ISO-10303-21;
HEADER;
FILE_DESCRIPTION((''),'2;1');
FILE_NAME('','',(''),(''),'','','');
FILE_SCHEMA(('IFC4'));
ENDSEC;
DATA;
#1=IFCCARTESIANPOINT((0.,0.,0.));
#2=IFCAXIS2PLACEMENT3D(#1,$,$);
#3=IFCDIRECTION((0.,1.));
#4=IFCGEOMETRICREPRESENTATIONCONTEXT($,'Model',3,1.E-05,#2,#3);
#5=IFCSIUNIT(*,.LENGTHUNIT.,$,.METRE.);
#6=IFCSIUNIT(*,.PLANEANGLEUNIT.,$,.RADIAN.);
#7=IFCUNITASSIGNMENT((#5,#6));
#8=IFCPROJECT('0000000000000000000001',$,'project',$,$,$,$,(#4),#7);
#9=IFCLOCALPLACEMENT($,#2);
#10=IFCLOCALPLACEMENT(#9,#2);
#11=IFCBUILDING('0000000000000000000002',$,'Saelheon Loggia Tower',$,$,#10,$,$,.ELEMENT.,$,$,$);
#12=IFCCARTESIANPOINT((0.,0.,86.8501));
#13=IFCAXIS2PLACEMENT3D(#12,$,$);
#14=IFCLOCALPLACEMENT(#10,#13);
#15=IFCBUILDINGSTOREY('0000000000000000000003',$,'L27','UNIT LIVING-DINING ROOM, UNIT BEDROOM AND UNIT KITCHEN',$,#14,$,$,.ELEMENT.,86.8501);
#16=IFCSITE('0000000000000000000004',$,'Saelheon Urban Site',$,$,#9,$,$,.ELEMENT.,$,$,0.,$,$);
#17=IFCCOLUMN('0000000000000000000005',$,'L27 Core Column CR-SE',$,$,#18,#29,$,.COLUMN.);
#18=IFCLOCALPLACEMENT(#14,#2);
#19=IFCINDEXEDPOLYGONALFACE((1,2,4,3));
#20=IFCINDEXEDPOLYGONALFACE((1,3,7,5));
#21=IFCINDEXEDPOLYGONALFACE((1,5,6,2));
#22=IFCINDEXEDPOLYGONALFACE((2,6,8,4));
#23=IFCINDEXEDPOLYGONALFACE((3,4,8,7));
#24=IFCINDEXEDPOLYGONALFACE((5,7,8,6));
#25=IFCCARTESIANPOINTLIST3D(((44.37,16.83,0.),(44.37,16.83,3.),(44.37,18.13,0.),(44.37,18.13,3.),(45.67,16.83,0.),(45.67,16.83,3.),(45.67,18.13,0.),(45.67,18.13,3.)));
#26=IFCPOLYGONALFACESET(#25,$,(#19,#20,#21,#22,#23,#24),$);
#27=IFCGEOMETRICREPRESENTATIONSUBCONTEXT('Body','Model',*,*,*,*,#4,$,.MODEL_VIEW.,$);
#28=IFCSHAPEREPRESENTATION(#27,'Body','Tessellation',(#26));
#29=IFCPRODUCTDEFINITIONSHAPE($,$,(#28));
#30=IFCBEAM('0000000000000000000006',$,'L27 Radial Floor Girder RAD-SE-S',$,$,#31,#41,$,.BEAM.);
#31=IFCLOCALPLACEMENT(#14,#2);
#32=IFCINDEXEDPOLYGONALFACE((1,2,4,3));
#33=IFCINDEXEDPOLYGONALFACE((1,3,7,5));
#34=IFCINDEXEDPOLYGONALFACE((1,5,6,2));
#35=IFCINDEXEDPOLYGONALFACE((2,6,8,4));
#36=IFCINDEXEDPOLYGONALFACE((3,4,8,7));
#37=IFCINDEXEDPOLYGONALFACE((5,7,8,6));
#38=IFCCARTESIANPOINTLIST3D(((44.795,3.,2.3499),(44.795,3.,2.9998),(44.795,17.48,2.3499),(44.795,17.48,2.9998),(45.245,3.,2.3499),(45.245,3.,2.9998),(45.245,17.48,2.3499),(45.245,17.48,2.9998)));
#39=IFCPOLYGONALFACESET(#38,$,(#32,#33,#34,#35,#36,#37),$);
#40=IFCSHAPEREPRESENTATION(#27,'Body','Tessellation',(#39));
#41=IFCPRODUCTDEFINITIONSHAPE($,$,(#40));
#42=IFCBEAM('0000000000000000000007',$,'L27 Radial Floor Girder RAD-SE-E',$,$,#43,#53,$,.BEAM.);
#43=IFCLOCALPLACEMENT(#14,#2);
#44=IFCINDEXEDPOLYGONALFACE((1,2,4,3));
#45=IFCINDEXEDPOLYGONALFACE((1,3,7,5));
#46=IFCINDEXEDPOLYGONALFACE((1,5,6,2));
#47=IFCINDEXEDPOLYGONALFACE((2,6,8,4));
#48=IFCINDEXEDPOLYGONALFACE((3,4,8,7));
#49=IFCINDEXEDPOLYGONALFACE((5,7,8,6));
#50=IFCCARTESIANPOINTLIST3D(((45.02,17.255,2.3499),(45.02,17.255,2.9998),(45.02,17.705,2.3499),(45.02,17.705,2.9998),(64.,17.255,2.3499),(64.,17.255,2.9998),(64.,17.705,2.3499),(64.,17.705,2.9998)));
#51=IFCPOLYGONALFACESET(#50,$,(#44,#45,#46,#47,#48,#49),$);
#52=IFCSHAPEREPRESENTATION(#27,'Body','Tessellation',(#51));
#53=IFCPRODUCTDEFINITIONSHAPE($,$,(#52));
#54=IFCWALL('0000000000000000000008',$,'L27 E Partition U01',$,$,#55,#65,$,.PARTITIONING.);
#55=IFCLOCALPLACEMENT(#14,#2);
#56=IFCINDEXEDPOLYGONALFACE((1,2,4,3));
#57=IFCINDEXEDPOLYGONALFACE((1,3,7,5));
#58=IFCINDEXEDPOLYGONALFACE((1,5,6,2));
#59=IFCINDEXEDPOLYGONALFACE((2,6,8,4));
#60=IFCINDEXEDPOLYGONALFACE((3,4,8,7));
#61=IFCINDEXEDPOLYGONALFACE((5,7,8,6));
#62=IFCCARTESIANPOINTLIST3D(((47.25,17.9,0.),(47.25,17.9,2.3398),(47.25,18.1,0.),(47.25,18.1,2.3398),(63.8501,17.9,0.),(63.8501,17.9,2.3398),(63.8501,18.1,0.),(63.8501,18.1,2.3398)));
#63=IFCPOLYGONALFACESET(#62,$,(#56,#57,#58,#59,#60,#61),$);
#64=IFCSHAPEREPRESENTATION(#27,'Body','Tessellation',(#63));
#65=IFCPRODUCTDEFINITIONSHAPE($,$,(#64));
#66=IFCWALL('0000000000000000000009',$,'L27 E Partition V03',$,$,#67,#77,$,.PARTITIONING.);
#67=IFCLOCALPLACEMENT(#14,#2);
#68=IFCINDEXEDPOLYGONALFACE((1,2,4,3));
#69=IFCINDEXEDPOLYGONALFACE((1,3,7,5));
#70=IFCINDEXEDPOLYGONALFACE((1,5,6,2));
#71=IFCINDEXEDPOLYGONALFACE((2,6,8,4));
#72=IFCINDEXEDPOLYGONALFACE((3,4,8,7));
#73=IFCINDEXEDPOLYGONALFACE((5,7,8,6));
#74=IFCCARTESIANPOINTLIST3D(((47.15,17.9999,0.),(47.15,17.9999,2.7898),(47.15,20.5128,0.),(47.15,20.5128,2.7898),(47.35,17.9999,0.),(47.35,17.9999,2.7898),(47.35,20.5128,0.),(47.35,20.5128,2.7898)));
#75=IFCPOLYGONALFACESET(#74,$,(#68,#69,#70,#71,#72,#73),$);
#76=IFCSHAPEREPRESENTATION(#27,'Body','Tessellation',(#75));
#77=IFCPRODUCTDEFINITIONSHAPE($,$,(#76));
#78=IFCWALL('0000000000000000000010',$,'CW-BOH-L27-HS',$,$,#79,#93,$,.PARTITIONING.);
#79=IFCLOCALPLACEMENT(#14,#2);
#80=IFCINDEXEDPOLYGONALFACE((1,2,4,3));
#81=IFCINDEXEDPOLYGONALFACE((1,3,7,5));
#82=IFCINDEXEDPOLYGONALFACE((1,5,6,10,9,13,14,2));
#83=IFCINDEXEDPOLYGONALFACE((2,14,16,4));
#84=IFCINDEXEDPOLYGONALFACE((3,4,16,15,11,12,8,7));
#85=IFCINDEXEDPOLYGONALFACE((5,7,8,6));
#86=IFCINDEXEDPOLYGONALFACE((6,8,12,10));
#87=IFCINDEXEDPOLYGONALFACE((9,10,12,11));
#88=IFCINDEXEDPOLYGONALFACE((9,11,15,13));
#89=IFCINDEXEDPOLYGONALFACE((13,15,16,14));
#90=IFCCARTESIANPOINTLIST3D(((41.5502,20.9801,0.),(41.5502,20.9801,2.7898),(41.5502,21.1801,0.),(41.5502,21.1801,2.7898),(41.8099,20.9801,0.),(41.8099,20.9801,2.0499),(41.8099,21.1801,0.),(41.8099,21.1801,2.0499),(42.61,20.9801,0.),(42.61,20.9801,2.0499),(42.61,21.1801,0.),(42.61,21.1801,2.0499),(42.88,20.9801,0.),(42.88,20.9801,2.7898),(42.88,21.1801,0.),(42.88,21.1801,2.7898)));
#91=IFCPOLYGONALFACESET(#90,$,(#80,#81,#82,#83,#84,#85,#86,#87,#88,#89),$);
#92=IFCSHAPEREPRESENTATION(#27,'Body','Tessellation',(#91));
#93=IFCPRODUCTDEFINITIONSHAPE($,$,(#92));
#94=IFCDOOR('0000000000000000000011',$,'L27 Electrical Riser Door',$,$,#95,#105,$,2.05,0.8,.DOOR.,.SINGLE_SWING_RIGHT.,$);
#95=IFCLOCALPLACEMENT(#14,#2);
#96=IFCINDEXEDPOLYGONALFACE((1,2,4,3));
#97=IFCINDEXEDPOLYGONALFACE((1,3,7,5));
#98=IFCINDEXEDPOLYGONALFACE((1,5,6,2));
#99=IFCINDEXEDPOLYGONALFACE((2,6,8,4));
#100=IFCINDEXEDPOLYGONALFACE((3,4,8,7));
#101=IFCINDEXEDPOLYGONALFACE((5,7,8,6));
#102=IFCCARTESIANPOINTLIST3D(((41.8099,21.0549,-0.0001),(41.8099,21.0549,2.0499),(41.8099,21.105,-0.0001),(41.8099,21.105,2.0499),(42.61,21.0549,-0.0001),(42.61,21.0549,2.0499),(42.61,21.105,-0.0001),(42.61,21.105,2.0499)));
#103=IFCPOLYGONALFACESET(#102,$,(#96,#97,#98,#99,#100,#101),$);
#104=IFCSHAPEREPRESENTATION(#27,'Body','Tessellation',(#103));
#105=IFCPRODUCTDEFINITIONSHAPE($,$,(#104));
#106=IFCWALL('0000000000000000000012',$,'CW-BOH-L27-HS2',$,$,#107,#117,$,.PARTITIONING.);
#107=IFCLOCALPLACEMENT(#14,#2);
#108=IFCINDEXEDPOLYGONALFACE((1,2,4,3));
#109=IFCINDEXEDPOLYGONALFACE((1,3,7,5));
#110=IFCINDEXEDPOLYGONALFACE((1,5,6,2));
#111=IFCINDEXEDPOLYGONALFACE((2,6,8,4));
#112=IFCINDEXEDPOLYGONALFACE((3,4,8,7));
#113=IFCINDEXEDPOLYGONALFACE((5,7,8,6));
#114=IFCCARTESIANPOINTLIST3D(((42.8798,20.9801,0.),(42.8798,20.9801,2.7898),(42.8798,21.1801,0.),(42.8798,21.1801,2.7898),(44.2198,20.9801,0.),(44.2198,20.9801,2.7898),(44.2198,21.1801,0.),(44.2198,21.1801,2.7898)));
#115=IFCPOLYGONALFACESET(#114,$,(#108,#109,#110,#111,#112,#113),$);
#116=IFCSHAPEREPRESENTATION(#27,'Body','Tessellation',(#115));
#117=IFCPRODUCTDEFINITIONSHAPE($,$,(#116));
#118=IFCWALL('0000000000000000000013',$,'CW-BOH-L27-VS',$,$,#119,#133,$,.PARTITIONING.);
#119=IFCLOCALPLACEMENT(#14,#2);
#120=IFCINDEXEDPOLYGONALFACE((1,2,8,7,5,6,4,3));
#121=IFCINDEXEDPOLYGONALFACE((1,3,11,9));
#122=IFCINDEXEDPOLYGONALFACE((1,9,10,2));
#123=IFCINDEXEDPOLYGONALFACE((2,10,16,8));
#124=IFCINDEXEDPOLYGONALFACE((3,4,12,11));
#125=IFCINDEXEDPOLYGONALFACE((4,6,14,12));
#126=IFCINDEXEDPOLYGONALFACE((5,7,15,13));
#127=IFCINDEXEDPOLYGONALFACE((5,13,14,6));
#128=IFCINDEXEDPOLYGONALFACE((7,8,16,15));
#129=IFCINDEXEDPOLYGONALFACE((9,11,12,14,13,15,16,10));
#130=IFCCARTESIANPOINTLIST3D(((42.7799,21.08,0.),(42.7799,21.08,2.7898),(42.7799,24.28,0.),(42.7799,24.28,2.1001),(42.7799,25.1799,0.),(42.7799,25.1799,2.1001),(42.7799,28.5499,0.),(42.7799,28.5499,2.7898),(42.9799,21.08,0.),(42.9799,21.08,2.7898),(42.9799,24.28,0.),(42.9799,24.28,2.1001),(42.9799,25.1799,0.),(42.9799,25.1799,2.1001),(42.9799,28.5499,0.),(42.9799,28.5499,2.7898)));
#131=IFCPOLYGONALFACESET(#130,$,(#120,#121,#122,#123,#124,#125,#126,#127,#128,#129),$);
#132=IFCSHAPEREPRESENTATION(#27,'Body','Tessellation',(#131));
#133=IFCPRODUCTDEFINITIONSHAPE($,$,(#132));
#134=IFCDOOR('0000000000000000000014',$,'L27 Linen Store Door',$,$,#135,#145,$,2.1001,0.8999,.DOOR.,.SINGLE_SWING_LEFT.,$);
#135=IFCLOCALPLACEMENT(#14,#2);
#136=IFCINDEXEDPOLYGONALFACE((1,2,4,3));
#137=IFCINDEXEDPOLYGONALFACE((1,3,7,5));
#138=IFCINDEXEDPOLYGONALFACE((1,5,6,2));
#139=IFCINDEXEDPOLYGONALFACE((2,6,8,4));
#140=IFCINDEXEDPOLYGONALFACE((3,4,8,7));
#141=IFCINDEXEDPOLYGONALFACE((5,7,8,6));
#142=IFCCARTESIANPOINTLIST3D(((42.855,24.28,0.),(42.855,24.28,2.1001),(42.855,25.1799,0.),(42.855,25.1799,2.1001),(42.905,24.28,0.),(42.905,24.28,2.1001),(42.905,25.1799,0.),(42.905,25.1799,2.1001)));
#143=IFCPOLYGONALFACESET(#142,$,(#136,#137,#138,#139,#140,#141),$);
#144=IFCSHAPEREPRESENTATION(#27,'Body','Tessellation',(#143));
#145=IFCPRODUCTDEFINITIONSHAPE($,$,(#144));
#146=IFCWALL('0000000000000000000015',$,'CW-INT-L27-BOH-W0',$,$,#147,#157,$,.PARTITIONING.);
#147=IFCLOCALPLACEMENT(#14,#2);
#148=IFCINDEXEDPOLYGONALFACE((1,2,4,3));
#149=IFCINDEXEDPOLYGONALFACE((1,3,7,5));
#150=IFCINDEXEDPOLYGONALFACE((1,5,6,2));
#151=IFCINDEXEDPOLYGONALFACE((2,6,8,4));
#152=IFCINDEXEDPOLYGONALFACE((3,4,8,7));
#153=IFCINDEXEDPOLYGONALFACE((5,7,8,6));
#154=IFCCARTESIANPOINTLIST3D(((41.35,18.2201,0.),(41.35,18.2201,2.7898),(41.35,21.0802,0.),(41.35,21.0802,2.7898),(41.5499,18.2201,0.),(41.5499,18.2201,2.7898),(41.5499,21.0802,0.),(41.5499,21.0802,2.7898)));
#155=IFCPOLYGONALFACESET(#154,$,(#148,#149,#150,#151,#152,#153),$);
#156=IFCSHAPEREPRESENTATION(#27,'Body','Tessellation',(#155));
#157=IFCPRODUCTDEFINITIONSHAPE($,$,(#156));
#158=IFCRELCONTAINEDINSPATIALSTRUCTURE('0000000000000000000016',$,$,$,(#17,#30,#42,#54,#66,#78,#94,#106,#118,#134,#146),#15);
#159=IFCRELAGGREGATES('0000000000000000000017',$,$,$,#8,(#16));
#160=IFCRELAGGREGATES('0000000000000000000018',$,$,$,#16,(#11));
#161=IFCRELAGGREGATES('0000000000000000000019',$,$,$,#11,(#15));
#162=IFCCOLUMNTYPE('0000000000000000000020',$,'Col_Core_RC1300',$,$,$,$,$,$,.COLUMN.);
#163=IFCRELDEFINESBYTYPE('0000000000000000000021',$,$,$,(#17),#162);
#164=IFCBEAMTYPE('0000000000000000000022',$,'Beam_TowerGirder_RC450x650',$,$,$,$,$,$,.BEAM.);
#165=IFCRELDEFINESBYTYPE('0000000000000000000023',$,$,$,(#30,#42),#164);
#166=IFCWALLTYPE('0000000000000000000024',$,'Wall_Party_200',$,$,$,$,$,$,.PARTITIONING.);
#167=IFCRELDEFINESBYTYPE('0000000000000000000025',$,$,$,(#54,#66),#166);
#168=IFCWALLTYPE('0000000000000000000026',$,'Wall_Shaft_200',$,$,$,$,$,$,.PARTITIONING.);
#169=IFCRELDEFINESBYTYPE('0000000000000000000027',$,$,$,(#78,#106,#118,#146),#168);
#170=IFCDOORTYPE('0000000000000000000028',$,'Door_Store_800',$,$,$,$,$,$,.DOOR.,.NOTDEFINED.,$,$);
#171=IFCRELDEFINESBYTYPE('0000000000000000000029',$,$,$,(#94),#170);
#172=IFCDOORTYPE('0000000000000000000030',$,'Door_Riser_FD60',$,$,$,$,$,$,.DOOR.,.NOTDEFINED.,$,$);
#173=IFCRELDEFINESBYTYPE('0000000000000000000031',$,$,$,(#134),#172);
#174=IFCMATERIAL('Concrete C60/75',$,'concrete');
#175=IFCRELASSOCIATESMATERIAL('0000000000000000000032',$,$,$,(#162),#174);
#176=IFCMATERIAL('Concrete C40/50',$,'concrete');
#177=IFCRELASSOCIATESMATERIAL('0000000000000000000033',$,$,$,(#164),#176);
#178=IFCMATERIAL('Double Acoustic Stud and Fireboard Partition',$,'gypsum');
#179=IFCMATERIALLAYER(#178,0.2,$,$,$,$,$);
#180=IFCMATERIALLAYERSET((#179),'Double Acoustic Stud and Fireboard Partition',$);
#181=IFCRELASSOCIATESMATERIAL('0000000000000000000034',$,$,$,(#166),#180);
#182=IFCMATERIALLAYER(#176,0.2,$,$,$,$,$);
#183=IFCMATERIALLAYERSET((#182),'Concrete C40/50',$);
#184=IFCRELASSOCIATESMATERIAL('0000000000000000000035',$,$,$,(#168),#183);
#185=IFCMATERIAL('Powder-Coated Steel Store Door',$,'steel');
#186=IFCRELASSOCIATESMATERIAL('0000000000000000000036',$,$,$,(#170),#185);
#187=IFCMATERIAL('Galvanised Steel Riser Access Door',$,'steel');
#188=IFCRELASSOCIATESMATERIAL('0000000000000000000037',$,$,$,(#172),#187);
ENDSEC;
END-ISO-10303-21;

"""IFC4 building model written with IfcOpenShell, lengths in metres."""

from ifc_helpers import new_model, si_unit, direction, frame, frame_2d, origin, origin_2d, place, context, subcontext, project, spatial, rectangle, extrude, source, transform, mapped, material, layer, layer_set, material_profile, profile_set, type_object, element, fill, save


model = new_model("IFC4")

# Units and contexts
model_context = context("Model", 3, precision=1e-05, world=origin(), true_north=direction((0.0, 1.0)))
body_context = subcontext(model_context, "Body", "Model", "MODEL_VIEW")
ifc_project = project(units=[si_unit("LENGTHUNIT", "METRE"), si_unit("PLANEANGLEUNIT", "RADIAN")], contexts=[model_context])

# Site, building, storey
site_placement = place(None, origin())
site = spatial("IfcSite", under=ifc_project, at=site_placement, Name="Saelheon Urban Site", CompositionType="ELEMENT", RefElevation=0.0)
building_placement = place(site_placement, origin())
building = spatial("IfcBuilding", under=site, at=building_placement, Name="Saelheon Loggia Tower", CompositionType="ELEMENT")
storey_placement = place(building_placement, frame((0.0, 0.0, 86.8501)))
storey = spatial("IfcBuildingStorey", under=building, at=storey_placement, Name="L27", Description="UNIT LIVING-DINING ROOM, UNIT BEDROOM AND UNIT KITCHEN", CompositionType="ELEMENT", Elevation=86.8501)

# Column
ifc_material_1 = material(Name="Concrete C60/75", Category="concrete")
ifc_material_profile_1 = material_profile(ifc_material_1, rectangle(XDim=1.3, YDim=1.3, at=origin_2d()), Name="RC-1300x1300")
ifc_profile_set_1 = profile_set([ifc_material_profile_1], Name="Concrete C60/75")
column_type = type_object("IfcColumnType", Name="Col_Core_RC1300", PredefinedType="COLUMN", material=ifc_profile_set_1)
shared_shape_1 = source(origin(), body_context, "Body", "SweptSolid", [
    extrude(rectangle(XDim=1.3, YDim=1.3, at=origin_2d()), origin(), (0.0, 0.0, 1.0), 3.0),
])
column_placement = place(storey_placement, frame((45.02, 17.48, 0.0), z_axis=(0.0, 0.0, 1.0), x_axis=(1.0, 0.0, 0.0)))
element("IfcColumn", 1, at=column_placement, inside=storey, type_object=column_type, Name="L27 Core Column CR-SE", PredefinedType="COLUMN", context=body_context, shape_type="MappedRepresentation", body=[
    mapped(shared_shape_1, transform((0.0, 0.0, 0.0), scale=1.0)),
])

# Beams
ifc_material_2 = material(Name="Concrete C40/50", Category="concrete")
ifc_material_profile_2 = material_profile(ifc_material_2, rectangle(XDim=0.45, YDim=0.6499, at=origin_2d()), Name="RC-450x650")
ifc_profile_set_2 = profile_set([ifc_material_profile_2], Name="Concrete C40/50")
beam_type = type_object("IfcBeamType", Name="Beam_TowerGirder_RC450x650", PredefinedType="BEAM", material=ifc_profile_set_2)
shared_shape_2 = source(origin(), body_context, "Body", "SweptSolid", [
    extrude(rectangle(XDim=0.45, YDim=0.6499, at=origin_2d()), origin(), (0.0, 0.0, 1.0), 14.48),
])
beam_1_placement = place(storey_placement, frame((45.02, 17.48, 2.6748), z_axis=(0.0, -1.0, 0.0), x_axis=(1.0, 0.0, 0.0)))
element("IfcBeam", 2, at=beam_1_placement, inside=storey, type_object=beam_type, Name="L27 Radial Floor Girder RAD-SE-S", PredefinedType="BEAM", context=body_context, shape_type="MappedRepresentation", body=[
    mapped(shared_shape_2, transform((0.0, 0.0, 0.0), scale=1.0)),
])
shared_shape_3 = source(origin(), body_context, "Body", "SweptSolid", [
    extrude(rectangle(XDim=0.45, YDim=0.6499, at=origin_2d()), origin(), (0.0, 0.0, 1.0), 18.98),
])
beam_2_placement = place(storey_placement, frame((45.02, 17.48, 2.6748), z_axis=(1.0, 0.0, 0.0), x_axis=(0.0, 1.0, 0.0)))
element("IfcBeam", 3, at=beam_2_placement, inside=storey, type_object=beam_type, Name="L27 Radial Floor Girder RAD-SE-E", PredefinedType="BEAM", context=body_context, shape_type="MappedRepresentation", body=[
    mapped(shared_shape_3, transform((0.0, 0.0, 0.0), scale=1.0)),
])

# Walls
ifc_material_3 = material(Name="Double Acoustic Stud and Fireboard Partition", Category="gypsum")
ifc_layer_1 = layer(ifc_material_3, 0.2)
ifc_layer_set_1 = layer_set([ifc_layer_1], Name="Double Acoustic Stud and Fireboard Partition")
wall_type_1 = type_object("IfcWallType", Name="Wall_Party_200", PredefinedType="PARTITIONING", material=ifc_layer_set_1)
wall_1_placement = place(storey_placement, frame((47.25, 18.0, 0.0), z_axis=(0.0, 0.0, 1.0), x_axis=(1.0, 0.0, 0.0)))
element("IfcWall", 4, at=wall_1_placement, inside=storey, type_object=wall_type_1, Name="L27 E Partition U01", PredefinedType="PARTITIONING", context=body_context, shape_type="SweptSolid", body=[
    extrude(rectangle(XDim=16.6001, YDim=0.2, at=frame_2d((8.3, 0.0))), origin(), (0.0, 0.0, 1.0), 2.3398),
])
wall_2_placement = place(storey_placement, frame((47.25, 18.0, 0.0), z_axis=(0.0, 0.0, 1.0), x_axis=(0.0, 1.0, 0.0)))
element("IfcWall", 5, at=wall_2_placement, inside=storey, type_object=wall_type_1, Name="L27 E Partition V03", PredefinedType="PARTITIONING", context=body_context, shape_type="SweptSolid", body=[
    extrude(rectangle(XDim=2.5129, YDim=0.2, at=frame_2d((1.2563, 0.0))), origin(), (0.0, 0.0, 1.0), 2.7898),
])

# Wall, opening, door
ifc_layer_2 = layer(ifc_material_2, 0.2)
ifc_layer_set_2 = layer_set([ifc_layer_2], Name="Concrete C40/50")
wall_type_2 = type_object("IfcWallType", Name="Wall_Shaft_200", PredefinedType="PARTITIONING", material=ifc_layer_set_2)
wall_3_placement = place(storey_placement, frame((41.55, 21.0801, 0.0), z_axis=(0.0, 0.0, 1.0), x_axis=(1.0, 0.0, 0.0)))
wall_3 = element("IfcWall", 6, at=wall_3_placement, inside=storey, type_object=wall_type_2, Name="CW-BOH-L27-HS", PredefinedType="PARTITIONING", context=body_context, shape_type="SweptSolid", body=[
    extrude(rectangle(XDim=1.3298, YDim=0.2, at=frame_2d((0.665, 0.0))), origin(), (0.0, 0.0, 1.0), 2.7898),
])
opening_1_placement = place(wall_3_placement, frame((0.26, 0.0, 0.0)))
opening_1 = element("IfcOpeningElement", 7, at=opening_1_placement, cuts=wall_3, PredefinedType="OPENING", context=body_context, shape_type="SweptSolid", body=[
    extrude(rectangle(XDim=0.8, YDim=2.05, at=frame_2d((0.3999, 1.0249))), frame((0.0, 0.1121, 0.0), z_axis=(0.0, -1.0, 0.0), x_axis=(1.0, 0.0, 0.0)), (0.0, 0.0, 1.0), 0.2239),
])
ifc_material_4 = material(Name="Powder-Coated Steel Store Door", Category="steel")
door_type_1 = type_object("IfcDoorType", Name="Door_Store_800", OperationType="NOTDEFINED", PredefinedType="DOOR", material=ifc_material_4)
shared_shape_4 = source(origin(), body_context, "Body", "SweptSolid", [
    extrude(rectangle(XDim=0.8, YDim=2.05, at=frame_2d((0.3999, 1.0249))), frame((0.0, 0.0249, 0.0), z_axis=(0.0, -1.0, 0.0), x_axis=(1.0, 0.0, 0.0)), (0.0, 0.0, 1.0), 0.05),
])
door_1_placement = place(opening_1_placement, origin())
door_1 = element("IfcDoor", 8, at=door_1_placement, inside=storey, type_object=door_type_1, Name="L27 Electrical Riser Door", OperationType="SINGLE_SWING_RIGHT", OverallHeight=2.05, OverallWidth=0.8, PredefinedType="DOOR", context=body_context, shape_type="MappedRepresentation", body=[
    mapped(shared_shape_4, transform((0.0, 0.0, 0.0), scale=1.0)),
])
fill(opening_1, door_1)

# Wall
wall_4_placement = place(storey_placement, frame((42.8799, 21.0801, 0.0), z_axis=(0.0, 0.0, 1.0), x_axis=(1.0, 0.0, 0.0)))
element("IfcWall", 9, at=wall_4_placement, inside=storey, type_object=wall_type_2, Name="CW-BOH-L27-HS2", PredefinedType="PARTITIONING", context=body_context, shape_type="SweptSolid", body=[
    extrude(rectangle(XDim=1.3401, YDim=0.2, at=frame_2d((0.6699, 0.0))), origin(), (0.0, 0.0, 1.0), 2.7898),
])

# Wall, opening, door
wall_5_placement = place(storey_placement, frame((42.8799, 21.0801, 0.0), z_axis=(0.0, 0.0, 1.0), x_axis=(0.0, 1.0, 0.0)))
wall_5 = element("IfcWall", 10, at=wall_5_placement, inside=storey, type_object=wall_type_2, Name="CW-BOH-L27-VS", PredefinedType="PARTITIONING", context=body_context, shape_type="SweptSolid", body=[
    extrude(rectangle(XDim=7.47, YDim=0.2, at=frame_2d((3.7349, 0.0))), origin(), (0.0, 0.0, 1.0), 2.7898),
])
opening_2_placement = place(wall_5_placement, frame((3.2, 0.0, 0.0)))
opening_2 = element("IfcOpeningElement", 11, at=opening_2_placement, cuts=wall_5, PredefinedType="OPENING", context=body_context, shape_type="SweptSolid", body=[
    extrude(rectangle(XDim=0.8999, YDim=2.1001, at=frame_2d((0.45, 1.05))), frame((0.0, 0.1121, 0.0), z_axis=(0.0, -1.0, 0.0), x_axis=(1.0, 0.0, 0.0)), (0.0, 0.0, 1.0), 0.2239),
])
ifc_material_5 = material(Name="Galvanised Steel Riser Access Door", Category="steel")
door_type_2 = type_object("IfcDoorType", Name="Door_Riser_FD60", OperationType="NOTDEFINED", PredefinedType="DOOR", material=ifc_material_5)
shared_shape_5 = source(origin(), body_context, "Body", "SweptSolid", [
    extrude(rectangle(XDim=0.8999, YDim=2.1001, at=frame_2d((0.45, 1.05))), frame((0.0, 0.0249, 0.0), z_axis=(0.0, -1.0, 0.0), x_axis=(1.0, 0.0, 0.0)), (0.0, 0.0, 1.0), 0.05),
])
door_2_placement = place(opening_2_placement, origin())
door_2 = element("IfcDoor", 12, at=door_2_placement, inside=storey, type_object=door_type_2, Name="L27 Linen Store Door", OperationType="SINGLE_SWING_LEFT", OverallHeight=2.1001, OverallWidth=0.8999, PredefinedType="DOOR", context=body_context, shape_type="MappedRepresentation", body=[
    mapped(shared_shape_5, transform((0.0, 0.0, 0.0), scale=1.0)),
])
fill(opening_2, door_2)

# Wall
wall_6_placement = place(storey_placement, frame((41.45, 18.22, 0.0), z_axis=(0.0, 0.0, 1.0), x_axis=(0.0, 1.0, 0.0)))
element("IfcWall", 13, at=wall_6_placement, inside=storey, type_object=wall_type_2, Name="CW-INT-L27-BOH-W0", PredefinedType="PARTITIONING", context=body_context, shape_type="SweptSolid", body=[
    extrude(rectangle(XDim=2.8601, YDim=0.2, at=frame_2d((1.4302, 0.0))), origin(), (0.0, 0.0, 1.0), 2.7898),
])

save(model, "model.ifc")
